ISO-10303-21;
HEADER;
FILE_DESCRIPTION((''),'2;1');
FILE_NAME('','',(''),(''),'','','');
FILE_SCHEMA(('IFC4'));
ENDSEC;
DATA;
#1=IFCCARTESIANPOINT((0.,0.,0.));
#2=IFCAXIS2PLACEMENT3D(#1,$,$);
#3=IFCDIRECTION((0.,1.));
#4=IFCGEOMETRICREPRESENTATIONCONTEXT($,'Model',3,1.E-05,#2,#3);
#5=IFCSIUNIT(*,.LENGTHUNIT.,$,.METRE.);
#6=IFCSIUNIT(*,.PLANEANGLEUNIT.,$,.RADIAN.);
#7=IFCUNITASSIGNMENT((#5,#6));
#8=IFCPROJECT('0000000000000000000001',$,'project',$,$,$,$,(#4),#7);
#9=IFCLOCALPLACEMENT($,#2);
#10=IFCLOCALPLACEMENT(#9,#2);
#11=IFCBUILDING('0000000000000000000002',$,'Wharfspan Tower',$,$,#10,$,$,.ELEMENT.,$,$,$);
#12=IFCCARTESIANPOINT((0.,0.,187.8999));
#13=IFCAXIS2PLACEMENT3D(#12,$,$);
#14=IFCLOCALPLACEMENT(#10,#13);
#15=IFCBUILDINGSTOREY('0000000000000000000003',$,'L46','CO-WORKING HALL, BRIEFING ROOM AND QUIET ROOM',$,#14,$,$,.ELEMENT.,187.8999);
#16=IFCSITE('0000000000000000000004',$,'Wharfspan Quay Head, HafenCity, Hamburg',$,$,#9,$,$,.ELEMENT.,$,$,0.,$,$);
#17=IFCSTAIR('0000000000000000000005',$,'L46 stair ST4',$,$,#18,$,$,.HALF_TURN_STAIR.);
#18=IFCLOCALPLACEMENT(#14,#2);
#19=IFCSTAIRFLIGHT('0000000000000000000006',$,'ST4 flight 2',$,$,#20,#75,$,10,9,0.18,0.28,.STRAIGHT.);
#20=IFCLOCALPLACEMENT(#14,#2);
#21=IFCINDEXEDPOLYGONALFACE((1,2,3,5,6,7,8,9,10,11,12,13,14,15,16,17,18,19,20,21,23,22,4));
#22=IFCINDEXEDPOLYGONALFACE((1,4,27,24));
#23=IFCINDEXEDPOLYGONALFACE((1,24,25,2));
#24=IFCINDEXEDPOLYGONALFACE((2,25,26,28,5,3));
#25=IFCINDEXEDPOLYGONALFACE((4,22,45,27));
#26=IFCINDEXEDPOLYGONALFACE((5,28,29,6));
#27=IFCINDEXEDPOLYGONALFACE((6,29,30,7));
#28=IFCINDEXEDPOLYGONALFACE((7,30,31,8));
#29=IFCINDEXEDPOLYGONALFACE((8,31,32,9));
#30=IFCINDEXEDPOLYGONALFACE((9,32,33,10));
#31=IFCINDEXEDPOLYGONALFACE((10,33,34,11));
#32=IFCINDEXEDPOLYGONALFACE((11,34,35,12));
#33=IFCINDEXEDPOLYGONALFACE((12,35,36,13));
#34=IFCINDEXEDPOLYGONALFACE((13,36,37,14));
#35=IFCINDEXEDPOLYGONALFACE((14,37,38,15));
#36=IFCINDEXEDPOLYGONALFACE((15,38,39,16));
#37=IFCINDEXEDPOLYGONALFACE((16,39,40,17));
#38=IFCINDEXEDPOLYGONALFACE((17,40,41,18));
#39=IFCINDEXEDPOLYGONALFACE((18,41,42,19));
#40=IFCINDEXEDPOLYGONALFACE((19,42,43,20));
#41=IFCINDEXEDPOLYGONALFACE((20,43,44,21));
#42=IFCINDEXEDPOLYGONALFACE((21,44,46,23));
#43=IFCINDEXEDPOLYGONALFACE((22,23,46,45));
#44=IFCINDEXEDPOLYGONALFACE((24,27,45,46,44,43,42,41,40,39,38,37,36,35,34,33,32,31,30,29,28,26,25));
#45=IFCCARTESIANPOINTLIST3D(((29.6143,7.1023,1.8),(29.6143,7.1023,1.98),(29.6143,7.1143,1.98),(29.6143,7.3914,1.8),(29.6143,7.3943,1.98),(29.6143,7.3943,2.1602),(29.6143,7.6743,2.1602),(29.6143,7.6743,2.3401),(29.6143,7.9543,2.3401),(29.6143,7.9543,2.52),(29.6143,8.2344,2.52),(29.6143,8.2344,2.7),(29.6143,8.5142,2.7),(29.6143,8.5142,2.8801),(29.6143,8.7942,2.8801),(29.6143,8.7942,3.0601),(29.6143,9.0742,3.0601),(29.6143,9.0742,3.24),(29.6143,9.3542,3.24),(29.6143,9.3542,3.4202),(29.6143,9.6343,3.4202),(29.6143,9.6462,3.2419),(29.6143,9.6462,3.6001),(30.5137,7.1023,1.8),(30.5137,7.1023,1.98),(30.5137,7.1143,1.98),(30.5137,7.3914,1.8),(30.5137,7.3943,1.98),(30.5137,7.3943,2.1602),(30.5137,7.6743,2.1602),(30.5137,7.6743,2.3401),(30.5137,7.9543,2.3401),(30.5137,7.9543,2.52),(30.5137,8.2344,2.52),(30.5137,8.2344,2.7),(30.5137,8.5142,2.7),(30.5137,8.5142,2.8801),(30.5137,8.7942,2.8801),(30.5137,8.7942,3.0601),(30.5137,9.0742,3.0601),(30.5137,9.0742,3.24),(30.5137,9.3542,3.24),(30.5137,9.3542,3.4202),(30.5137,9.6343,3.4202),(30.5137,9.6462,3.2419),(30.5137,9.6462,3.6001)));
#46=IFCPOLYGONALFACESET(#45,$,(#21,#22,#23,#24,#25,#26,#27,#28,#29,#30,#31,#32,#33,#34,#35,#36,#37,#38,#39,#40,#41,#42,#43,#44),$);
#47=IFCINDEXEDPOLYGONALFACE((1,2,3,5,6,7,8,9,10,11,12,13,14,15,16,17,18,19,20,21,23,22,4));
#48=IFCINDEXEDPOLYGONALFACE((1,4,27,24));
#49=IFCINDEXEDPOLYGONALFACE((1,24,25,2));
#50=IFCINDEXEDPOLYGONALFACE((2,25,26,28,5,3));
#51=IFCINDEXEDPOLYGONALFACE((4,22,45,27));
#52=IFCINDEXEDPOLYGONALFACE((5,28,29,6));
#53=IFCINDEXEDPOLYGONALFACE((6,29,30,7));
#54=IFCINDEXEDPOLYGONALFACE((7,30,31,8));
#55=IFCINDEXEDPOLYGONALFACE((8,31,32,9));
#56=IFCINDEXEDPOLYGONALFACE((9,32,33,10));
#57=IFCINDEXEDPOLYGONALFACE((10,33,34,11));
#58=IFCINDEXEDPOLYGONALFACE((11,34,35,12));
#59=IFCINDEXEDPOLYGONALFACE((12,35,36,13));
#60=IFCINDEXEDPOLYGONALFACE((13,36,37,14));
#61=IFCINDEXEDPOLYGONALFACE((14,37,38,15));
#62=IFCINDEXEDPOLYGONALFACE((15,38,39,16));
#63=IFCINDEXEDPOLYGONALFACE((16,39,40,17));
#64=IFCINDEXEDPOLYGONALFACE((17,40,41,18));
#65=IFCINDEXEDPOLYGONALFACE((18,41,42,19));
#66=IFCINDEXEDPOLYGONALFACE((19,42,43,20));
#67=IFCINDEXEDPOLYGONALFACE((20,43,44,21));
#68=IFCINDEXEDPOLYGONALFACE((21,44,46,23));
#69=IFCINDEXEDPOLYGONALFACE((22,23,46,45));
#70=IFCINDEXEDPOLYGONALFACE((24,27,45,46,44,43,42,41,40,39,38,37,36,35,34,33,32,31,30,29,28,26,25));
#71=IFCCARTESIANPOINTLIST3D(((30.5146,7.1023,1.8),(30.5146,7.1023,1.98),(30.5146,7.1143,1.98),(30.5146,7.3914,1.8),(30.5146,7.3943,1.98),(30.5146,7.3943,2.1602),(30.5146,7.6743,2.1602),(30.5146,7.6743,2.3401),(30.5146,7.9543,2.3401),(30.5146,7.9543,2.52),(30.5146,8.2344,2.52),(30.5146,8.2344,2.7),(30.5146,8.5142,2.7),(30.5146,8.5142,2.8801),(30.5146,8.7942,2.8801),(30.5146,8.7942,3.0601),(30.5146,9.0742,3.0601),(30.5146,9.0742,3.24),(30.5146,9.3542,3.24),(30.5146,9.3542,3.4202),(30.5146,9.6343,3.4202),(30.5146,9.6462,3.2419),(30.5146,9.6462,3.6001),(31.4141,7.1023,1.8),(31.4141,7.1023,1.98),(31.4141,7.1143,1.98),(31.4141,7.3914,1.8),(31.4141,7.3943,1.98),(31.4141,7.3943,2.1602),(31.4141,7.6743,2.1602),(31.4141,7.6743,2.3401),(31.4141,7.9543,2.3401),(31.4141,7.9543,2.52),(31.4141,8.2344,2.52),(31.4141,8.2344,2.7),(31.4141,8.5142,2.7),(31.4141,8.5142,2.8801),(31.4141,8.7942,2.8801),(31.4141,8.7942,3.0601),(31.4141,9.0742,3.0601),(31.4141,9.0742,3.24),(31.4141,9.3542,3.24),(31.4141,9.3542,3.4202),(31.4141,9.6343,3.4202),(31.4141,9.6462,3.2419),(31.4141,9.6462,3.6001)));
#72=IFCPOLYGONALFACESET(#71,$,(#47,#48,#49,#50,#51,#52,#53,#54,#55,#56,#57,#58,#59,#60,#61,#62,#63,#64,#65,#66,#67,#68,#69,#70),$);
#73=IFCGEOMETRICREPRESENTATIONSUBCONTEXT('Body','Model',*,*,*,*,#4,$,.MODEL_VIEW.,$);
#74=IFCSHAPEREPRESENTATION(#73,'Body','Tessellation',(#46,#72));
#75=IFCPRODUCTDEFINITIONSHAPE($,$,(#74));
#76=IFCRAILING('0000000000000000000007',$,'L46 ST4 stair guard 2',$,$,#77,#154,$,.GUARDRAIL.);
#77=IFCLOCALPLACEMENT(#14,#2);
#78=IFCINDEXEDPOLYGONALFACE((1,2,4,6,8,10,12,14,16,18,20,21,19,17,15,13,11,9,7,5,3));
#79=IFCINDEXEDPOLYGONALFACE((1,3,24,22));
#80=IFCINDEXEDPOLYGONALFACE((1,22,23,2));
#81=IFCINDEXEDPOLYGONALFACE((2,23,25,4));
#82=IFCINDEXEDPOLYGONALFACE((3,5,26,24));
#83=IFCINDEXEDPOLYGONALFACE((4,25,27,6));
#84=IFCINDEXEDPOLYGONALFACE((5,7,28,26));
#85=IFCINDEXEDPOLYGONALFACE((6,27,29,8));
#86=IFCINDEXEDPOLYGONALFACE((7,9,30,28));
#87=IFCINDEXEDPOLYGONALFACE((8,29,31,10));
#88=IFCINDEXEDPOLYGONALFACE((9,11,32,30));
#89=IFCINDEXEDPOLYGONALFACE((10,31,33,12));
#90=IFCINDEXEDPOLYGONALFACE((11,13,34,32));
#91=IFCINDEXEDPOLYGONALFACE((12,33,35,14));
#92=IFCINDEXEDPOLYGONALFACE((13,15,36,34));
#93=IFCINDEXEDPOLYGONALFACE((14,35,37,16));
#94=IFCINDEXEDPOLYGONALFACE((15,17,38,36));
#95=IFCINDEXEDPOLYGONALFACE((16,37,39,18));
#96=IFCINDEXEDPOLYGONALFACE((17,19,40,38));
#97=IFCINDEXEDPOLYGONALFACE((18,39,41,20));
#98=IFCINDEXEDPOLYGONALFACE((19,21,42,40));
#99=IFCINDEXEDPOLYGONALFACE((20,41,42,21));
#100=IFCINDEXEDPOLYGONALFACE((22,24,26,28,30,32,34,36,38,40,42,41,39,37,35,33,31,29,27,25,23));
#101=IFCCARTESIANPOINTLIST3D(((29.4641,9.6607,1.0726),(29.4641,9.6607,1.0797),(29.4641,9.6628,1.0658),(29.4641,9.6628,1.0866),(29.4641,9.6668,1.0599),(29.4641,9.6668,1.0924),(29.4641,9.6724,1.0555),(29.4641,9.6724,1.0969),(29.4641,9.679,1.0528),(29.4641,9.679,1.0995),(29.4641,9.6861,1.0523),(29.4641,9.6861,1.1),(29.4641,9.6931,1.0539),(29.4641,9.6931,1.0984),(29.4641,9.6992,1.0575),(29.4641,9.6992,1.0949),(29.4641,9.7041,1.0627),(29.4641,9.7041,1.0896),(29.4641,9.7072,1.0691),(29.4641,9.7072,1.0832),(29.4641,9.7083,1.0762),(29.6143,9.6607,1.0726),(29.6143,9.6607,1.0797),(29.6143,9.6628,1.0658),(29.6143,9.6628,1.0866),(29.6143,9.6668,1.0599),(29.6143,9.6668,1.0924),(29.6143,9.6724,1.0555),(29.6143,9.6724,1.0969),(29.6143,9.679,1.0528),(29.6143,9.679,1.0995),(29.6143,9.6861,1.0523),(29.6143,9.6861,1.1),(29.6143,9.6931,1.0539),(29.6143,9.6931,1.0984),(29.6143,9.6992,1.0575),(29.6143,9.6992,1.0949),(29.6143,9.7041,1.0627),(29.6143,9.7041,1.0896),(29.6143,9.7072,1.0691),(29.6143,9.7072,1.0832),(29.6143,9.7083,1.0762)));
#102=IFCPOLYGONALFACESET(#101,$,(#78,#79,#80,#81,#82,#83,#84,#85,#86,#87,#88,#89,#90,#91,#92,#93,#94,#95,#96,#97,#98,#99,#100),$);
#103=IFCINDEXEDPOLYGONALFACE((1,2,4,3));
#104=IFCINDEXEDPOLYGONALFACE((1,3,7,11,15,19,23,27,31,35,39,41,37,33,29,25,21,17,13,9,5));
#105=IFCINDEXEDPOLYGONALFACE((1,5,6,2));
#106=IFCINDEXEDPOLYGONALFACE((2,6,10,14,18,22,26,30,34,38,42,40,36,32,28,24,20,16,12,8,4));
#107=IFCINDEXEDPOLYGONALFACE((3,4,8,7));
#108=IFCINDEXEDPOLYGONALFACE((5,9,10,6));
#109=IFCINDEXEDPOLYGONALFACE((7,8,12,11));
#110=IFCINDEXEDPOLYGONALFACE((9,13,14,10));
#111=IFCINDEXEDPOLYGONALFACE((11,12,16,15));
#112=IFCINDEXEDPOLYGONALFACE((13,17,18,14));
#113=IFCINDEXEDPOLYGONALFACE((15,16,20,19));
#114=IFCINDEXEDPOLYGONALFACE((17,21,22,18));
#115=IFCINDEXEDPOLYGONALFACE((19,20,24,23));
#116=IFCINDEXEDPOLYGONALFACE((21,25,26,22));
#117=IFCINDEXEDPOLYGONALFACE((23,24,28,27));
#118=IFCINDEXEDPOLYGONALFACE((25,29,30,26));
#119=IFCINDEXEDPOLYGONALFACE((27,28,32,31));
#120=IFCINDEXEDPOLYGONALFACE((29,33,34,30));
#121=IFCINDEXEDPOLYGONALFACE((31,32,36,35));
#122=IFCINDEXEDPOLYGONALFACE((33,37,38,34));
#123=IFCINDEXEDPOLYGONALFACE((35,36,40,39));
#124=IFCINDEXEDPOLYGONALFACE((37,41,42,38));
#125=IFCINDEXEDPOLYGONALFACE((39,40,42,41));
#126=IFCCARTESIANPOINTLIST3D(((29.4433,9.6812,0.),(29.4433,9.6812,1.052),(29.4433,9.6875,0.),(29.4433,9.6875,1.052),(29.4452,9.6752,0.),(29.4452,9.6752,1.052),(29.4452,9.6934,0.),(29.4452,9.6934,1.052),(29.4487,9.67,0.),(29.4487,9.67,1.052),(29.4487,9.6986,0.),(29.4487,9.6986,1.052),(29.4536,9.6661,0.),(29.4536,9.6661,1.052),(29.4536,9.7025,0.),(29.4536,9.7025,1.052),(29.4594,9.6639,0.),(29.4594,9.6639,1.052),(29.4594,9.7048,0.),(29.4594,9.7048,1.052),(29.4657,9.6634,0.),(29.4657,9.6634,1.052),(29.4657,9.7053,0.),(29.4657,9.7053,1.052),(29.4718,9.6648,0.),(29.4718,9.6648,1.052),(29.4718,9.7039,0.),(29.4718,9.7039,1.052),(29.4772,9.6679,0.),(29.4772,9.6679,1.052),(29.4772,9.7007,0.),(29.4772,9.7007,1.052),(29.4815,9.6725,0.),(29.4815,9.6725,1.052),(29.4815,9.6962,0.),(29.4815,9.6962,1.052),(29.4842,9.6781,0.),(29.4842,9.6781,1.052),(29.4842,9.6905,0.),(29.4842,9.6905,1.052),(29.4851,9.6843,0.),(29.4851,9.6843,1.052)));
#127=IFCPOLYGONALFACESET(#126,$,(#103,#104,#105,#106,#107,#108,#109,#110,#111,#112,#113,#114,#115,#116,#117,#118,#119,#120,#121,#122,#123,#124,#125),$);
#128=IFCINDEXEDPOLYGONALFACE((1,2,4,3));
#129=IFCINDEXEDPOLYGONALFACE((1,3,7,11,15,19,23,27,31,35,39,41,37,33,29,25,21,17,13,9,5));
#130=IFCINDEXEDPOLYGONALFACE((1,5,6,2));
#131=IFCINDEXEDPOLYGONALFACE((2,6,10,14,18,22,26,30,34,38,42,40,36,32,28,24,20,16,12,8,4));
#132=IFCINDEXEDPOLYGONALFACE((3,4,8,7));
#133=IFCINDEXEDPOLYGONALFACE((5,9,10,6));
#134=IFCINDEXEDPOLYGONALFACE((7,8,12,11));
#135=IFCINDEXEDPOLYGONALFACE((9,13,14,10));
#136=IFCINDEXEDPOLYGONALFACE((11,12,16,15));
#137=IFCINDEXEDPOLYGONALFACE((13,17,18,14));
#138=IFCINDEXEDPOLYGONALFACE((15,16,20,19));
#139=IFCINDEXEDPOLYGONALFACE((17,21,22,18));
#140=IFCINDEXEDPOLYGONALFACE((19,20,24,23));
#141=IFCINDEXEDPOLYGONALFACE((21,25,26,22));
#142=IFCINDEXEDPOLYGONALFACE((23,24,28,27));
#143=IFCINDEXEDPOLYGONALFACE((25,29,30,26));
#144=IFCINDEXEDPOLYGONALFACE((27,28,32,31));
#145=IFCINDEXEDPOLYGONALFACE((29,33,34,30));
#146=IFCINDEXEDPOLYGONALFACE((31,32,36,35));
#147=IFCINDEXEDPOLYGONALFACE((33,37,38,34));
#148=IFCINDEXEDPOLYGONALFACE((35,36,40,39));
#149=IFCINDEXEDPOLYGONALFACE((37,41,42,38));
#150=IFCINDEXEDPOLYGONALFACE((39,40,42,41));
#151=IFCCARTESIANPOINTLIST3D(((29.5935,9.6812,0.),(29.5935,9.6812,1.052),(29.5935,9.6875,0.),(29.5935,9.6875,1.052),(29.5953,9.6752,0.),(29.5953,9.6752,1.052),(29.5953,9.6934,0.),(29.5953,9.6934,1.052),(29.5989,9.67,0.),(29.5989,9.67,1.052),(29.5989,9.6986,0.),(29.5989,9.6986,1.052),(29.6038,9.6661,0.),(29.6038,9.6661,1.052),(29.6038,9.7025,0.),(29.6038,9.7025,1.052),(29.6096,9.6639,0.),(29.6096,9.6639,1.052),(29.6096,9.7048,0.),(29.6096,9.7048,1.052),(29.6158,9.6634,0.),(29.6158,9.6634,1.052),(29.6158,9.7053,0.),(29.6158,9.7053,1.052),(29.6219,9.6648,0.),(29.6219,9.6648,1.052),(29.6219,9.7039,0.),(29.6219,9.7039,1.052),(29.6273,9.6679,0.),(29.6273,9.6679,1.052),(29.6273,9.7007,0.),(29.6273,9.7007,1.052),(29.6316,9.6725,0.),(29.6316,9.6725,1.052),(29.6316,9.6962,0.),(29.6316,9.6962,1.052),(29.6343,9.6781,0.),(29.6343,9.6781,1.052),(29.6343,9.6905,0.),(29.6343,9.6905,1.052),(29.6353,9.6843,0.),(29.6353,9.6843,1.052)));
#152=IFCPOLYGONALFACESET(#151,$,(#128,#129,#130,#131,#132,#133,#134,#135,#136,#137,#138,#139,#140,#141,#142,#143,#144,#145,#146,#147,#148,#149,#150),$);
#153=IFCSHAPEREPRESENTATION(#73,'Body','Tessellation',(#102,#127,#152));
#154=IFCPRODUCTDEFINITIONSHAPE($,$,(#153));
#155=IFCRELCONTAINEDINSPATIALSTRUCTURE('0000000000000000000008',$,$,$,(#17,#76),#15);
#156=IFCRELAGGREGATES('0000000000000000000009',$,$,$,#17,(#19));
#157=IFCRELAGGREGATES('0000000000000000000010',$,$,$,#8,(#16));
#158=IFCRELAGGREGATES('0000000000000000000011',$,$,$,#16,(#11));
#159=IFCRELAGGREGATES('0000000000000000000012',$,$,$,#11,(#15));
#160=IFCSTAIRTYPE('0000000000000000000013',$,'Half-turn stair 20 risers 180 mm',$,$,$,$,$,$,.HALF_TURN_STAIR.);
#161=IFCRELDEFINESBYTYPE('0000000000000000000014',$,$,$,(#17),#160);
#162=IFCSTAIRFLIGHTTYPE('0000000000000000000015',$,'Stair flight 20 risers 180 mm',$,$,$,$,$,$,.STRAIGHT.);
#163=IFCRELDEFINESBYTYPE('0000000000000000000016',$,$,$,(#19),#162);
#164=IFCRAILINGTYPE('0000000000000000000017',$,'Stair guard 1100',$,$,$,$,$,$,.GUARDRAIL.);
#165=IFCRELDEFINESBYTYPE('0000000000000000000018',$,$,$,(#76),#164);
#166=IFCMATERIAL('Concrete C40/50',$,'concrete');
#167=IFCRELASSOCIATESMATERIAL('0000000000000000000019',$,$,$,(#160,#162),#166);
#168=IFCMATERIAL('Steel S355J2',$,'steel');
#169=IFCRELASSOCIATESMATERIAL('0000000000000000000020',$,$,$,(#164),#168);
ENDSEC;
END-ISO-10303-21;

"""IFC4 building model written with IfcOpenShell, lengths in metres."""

from ifc_helpers import new_model, si_unit, direction, frame, origin, origin_2d, place, context, subcontext, project, spatial, polyline, circle, outline, extrude, material, type_object, element, aggregate, save


model = new_model("IFC4")

# Units and contexts
model_context = context("Model", 3, precision=1e-05, world=origin(), true_north=direction((0.0, 1.0)))
body_context = subcontext(model_context, "Body", "Model", "MODEL_VIEW")
ifc_project = project(units=[si_unit("LENGTHUNIT", "METRE"), si_unit("PLANEANGLEUNIT", "RADIAN")], contexts=[model_context])

# Site, building, storey
site_placement = place(None, origin())
site = spatial("IfcSite", under=ifc_project, at=site_placement, Name="Wharfspan Quay Head, HafenCity, Hamburg", CompositionType="ELEMENT", RefElevation=0.0)
building_placement = place(site_placement, origin())
building = spatial("IfcBuilding", under=site, at=building_placement, Name="Wharfspan Tower", CompositionType="ELEMENT")
storey_placement = place(building_placement, frame((0.0, 0.0, 187.8999)))
storey = spatial("IfcBuildingStorey", under=building, at=storey_placement, Name="L46", Description="CO-WORKING HALL, BRIEFING ROOM AND QUIET ROOM", CompositionType="ELEMENT", Elevation=187.8999)

# Shared definitions
ifc_material_1 = material(Name="Steel S355J2", Category="steel")

# Shared definitions
ifc_material_2 = material(Name="Concrete C40/50", Category="concrete")

# Stair, stair flight
stair_type = type_object("IfcStairType", Name="Half-turn stair 20 risers 180 mm", PredefinedType="HALF_TURN_STAIR", material=ifc_material_2)
stair_placement = place(storey_placement, origin())
stair = element("IfcStair", 1, at=stair_placement, inside=storey, type_object=stair_type, Name="L46 stair ST4", PredefinedType="HALF_TURN_STAIR")
stair_flight_type = type_object("IfcStairFlightType", Name="Stair flight 20 risers 180 mm", PredefinedType="STRAIGHT", material=ifc_material_2)
stair_flight_placement = place(storey_placement, frame((30.5142, 7.1143, 1.8), z_axis=(0.0, 0.0, 1.0), x_axis=(0.0, 1.0, 0.0)))
stair_flight = element("IfcStairFlight", 2, at=stair_flight_placement, type_object=stair_flight_type, Name="ST4 flight 2", NumberOfRisers=10, NumberOfTreads=9, PredefinedType="STRAIGHT", RiserHeight=0.18, TreadLength=0.28, context=body_context, shape_type="SweptSolid", body=[
    extrude(outline(polyline([(-0.012, 0.0), (-0.012, 0.1799), (0.0, 0.1799), (0.28, 0.1799), (0.28, 0.3601), (0.5601, 0.3601), (0.5601, 0.54), (0.8401, 0.54), (0.8401, 0.72), (1.1201, 0.72), (1.1201, 0.8999), (1.3999, 0.8999), (1.3999, 1.0801), (1.6799, 1.0801), (1.6799, 1.26), (1.96, 1.26), (1.96, 1.4399), (2.24, 1.4399), (2.24, 1.6201), (2.52, 1.6201), (2.532, 1.8), (2.532, 1.4419), (0.2771, 0.0), (-0.012, 0.0)])), frame((0.0, 0.8999, 0.0), z_axis=(0.0, -1.0, 0.0), x_axis=(1.0, 0.0, 0.0)), (0.0, 0.0, 1.0), 0.8994),
    extrude(outline(polyline([(-0.012, 0.0), (-0.012, 0.1799), (0.0, 0.1799), (0.28, 0.1799), (0.28, 0.3601), (0.5601, 0.3601), (0.5601, 0.54), (0.8401, 0.54), (0.8401, 0.72), (1.1201, 0.72), (1.1201, 0.8999), (1.3999, 0.8999), (1.3999, 1.0801), (1.6799, 1.0801), (1.6799, 1.26), (1.96, 1.26), (1.96, 1.4399), (2.24, 1.4399), (2.24, 1.6201), (2.52, 1.6201), (2.532, 1.8), (2.532, 1.4419), (0.2771, 0.0), (-0.012, 0.0)])), frame((0.0, -0.0005, 0.0), z_axis=(0.0, -1.0, 0.0), x_axis=(1.0, 0.0, 0.0)), (0.0, 0.0, 1.0), 0.8994),
])
aggregate(stair, [stair_flight])

# Railing
railing_type_1 = type_object("IfcRailingType", Name="Stair guard 1100", PredefinedType="GUARDRAIL", material=ifc_material_1)
railing_1_placement = place(storey_placement, frame((29.4641, 9.6843, 0.0)))
element("IfcRailing", 3, at=railing_1_placement, inside=storey, type_object=railing_type_1, Name="L46 ST4 stair guard 2", PredefinedType="GUARDRAIL", context=body_context, shape_type="SweptSolid", body=[
    extrude(circle(Radius=0.0239, at=origin_2d()), frame((0.0, 0.0, 1.0762), z_axis=(1.0, 0.0, 0.0), x_axis=(0.0, 1.0, 0.0)), (0.0, 0.0, 1.0), 0.1501),
    extrude(circle(Radius=0.021, at=origin_2d()), origin(), (0.0, 0.0, 1.0), 1.052),
    extrude(circle(Radius=0.021, at=origin_2d()), frame((0.1501, 0.0, 0.0)), (0.0, 0.0, 1.0), 1.052),
])

save(model, "model.ifc")
